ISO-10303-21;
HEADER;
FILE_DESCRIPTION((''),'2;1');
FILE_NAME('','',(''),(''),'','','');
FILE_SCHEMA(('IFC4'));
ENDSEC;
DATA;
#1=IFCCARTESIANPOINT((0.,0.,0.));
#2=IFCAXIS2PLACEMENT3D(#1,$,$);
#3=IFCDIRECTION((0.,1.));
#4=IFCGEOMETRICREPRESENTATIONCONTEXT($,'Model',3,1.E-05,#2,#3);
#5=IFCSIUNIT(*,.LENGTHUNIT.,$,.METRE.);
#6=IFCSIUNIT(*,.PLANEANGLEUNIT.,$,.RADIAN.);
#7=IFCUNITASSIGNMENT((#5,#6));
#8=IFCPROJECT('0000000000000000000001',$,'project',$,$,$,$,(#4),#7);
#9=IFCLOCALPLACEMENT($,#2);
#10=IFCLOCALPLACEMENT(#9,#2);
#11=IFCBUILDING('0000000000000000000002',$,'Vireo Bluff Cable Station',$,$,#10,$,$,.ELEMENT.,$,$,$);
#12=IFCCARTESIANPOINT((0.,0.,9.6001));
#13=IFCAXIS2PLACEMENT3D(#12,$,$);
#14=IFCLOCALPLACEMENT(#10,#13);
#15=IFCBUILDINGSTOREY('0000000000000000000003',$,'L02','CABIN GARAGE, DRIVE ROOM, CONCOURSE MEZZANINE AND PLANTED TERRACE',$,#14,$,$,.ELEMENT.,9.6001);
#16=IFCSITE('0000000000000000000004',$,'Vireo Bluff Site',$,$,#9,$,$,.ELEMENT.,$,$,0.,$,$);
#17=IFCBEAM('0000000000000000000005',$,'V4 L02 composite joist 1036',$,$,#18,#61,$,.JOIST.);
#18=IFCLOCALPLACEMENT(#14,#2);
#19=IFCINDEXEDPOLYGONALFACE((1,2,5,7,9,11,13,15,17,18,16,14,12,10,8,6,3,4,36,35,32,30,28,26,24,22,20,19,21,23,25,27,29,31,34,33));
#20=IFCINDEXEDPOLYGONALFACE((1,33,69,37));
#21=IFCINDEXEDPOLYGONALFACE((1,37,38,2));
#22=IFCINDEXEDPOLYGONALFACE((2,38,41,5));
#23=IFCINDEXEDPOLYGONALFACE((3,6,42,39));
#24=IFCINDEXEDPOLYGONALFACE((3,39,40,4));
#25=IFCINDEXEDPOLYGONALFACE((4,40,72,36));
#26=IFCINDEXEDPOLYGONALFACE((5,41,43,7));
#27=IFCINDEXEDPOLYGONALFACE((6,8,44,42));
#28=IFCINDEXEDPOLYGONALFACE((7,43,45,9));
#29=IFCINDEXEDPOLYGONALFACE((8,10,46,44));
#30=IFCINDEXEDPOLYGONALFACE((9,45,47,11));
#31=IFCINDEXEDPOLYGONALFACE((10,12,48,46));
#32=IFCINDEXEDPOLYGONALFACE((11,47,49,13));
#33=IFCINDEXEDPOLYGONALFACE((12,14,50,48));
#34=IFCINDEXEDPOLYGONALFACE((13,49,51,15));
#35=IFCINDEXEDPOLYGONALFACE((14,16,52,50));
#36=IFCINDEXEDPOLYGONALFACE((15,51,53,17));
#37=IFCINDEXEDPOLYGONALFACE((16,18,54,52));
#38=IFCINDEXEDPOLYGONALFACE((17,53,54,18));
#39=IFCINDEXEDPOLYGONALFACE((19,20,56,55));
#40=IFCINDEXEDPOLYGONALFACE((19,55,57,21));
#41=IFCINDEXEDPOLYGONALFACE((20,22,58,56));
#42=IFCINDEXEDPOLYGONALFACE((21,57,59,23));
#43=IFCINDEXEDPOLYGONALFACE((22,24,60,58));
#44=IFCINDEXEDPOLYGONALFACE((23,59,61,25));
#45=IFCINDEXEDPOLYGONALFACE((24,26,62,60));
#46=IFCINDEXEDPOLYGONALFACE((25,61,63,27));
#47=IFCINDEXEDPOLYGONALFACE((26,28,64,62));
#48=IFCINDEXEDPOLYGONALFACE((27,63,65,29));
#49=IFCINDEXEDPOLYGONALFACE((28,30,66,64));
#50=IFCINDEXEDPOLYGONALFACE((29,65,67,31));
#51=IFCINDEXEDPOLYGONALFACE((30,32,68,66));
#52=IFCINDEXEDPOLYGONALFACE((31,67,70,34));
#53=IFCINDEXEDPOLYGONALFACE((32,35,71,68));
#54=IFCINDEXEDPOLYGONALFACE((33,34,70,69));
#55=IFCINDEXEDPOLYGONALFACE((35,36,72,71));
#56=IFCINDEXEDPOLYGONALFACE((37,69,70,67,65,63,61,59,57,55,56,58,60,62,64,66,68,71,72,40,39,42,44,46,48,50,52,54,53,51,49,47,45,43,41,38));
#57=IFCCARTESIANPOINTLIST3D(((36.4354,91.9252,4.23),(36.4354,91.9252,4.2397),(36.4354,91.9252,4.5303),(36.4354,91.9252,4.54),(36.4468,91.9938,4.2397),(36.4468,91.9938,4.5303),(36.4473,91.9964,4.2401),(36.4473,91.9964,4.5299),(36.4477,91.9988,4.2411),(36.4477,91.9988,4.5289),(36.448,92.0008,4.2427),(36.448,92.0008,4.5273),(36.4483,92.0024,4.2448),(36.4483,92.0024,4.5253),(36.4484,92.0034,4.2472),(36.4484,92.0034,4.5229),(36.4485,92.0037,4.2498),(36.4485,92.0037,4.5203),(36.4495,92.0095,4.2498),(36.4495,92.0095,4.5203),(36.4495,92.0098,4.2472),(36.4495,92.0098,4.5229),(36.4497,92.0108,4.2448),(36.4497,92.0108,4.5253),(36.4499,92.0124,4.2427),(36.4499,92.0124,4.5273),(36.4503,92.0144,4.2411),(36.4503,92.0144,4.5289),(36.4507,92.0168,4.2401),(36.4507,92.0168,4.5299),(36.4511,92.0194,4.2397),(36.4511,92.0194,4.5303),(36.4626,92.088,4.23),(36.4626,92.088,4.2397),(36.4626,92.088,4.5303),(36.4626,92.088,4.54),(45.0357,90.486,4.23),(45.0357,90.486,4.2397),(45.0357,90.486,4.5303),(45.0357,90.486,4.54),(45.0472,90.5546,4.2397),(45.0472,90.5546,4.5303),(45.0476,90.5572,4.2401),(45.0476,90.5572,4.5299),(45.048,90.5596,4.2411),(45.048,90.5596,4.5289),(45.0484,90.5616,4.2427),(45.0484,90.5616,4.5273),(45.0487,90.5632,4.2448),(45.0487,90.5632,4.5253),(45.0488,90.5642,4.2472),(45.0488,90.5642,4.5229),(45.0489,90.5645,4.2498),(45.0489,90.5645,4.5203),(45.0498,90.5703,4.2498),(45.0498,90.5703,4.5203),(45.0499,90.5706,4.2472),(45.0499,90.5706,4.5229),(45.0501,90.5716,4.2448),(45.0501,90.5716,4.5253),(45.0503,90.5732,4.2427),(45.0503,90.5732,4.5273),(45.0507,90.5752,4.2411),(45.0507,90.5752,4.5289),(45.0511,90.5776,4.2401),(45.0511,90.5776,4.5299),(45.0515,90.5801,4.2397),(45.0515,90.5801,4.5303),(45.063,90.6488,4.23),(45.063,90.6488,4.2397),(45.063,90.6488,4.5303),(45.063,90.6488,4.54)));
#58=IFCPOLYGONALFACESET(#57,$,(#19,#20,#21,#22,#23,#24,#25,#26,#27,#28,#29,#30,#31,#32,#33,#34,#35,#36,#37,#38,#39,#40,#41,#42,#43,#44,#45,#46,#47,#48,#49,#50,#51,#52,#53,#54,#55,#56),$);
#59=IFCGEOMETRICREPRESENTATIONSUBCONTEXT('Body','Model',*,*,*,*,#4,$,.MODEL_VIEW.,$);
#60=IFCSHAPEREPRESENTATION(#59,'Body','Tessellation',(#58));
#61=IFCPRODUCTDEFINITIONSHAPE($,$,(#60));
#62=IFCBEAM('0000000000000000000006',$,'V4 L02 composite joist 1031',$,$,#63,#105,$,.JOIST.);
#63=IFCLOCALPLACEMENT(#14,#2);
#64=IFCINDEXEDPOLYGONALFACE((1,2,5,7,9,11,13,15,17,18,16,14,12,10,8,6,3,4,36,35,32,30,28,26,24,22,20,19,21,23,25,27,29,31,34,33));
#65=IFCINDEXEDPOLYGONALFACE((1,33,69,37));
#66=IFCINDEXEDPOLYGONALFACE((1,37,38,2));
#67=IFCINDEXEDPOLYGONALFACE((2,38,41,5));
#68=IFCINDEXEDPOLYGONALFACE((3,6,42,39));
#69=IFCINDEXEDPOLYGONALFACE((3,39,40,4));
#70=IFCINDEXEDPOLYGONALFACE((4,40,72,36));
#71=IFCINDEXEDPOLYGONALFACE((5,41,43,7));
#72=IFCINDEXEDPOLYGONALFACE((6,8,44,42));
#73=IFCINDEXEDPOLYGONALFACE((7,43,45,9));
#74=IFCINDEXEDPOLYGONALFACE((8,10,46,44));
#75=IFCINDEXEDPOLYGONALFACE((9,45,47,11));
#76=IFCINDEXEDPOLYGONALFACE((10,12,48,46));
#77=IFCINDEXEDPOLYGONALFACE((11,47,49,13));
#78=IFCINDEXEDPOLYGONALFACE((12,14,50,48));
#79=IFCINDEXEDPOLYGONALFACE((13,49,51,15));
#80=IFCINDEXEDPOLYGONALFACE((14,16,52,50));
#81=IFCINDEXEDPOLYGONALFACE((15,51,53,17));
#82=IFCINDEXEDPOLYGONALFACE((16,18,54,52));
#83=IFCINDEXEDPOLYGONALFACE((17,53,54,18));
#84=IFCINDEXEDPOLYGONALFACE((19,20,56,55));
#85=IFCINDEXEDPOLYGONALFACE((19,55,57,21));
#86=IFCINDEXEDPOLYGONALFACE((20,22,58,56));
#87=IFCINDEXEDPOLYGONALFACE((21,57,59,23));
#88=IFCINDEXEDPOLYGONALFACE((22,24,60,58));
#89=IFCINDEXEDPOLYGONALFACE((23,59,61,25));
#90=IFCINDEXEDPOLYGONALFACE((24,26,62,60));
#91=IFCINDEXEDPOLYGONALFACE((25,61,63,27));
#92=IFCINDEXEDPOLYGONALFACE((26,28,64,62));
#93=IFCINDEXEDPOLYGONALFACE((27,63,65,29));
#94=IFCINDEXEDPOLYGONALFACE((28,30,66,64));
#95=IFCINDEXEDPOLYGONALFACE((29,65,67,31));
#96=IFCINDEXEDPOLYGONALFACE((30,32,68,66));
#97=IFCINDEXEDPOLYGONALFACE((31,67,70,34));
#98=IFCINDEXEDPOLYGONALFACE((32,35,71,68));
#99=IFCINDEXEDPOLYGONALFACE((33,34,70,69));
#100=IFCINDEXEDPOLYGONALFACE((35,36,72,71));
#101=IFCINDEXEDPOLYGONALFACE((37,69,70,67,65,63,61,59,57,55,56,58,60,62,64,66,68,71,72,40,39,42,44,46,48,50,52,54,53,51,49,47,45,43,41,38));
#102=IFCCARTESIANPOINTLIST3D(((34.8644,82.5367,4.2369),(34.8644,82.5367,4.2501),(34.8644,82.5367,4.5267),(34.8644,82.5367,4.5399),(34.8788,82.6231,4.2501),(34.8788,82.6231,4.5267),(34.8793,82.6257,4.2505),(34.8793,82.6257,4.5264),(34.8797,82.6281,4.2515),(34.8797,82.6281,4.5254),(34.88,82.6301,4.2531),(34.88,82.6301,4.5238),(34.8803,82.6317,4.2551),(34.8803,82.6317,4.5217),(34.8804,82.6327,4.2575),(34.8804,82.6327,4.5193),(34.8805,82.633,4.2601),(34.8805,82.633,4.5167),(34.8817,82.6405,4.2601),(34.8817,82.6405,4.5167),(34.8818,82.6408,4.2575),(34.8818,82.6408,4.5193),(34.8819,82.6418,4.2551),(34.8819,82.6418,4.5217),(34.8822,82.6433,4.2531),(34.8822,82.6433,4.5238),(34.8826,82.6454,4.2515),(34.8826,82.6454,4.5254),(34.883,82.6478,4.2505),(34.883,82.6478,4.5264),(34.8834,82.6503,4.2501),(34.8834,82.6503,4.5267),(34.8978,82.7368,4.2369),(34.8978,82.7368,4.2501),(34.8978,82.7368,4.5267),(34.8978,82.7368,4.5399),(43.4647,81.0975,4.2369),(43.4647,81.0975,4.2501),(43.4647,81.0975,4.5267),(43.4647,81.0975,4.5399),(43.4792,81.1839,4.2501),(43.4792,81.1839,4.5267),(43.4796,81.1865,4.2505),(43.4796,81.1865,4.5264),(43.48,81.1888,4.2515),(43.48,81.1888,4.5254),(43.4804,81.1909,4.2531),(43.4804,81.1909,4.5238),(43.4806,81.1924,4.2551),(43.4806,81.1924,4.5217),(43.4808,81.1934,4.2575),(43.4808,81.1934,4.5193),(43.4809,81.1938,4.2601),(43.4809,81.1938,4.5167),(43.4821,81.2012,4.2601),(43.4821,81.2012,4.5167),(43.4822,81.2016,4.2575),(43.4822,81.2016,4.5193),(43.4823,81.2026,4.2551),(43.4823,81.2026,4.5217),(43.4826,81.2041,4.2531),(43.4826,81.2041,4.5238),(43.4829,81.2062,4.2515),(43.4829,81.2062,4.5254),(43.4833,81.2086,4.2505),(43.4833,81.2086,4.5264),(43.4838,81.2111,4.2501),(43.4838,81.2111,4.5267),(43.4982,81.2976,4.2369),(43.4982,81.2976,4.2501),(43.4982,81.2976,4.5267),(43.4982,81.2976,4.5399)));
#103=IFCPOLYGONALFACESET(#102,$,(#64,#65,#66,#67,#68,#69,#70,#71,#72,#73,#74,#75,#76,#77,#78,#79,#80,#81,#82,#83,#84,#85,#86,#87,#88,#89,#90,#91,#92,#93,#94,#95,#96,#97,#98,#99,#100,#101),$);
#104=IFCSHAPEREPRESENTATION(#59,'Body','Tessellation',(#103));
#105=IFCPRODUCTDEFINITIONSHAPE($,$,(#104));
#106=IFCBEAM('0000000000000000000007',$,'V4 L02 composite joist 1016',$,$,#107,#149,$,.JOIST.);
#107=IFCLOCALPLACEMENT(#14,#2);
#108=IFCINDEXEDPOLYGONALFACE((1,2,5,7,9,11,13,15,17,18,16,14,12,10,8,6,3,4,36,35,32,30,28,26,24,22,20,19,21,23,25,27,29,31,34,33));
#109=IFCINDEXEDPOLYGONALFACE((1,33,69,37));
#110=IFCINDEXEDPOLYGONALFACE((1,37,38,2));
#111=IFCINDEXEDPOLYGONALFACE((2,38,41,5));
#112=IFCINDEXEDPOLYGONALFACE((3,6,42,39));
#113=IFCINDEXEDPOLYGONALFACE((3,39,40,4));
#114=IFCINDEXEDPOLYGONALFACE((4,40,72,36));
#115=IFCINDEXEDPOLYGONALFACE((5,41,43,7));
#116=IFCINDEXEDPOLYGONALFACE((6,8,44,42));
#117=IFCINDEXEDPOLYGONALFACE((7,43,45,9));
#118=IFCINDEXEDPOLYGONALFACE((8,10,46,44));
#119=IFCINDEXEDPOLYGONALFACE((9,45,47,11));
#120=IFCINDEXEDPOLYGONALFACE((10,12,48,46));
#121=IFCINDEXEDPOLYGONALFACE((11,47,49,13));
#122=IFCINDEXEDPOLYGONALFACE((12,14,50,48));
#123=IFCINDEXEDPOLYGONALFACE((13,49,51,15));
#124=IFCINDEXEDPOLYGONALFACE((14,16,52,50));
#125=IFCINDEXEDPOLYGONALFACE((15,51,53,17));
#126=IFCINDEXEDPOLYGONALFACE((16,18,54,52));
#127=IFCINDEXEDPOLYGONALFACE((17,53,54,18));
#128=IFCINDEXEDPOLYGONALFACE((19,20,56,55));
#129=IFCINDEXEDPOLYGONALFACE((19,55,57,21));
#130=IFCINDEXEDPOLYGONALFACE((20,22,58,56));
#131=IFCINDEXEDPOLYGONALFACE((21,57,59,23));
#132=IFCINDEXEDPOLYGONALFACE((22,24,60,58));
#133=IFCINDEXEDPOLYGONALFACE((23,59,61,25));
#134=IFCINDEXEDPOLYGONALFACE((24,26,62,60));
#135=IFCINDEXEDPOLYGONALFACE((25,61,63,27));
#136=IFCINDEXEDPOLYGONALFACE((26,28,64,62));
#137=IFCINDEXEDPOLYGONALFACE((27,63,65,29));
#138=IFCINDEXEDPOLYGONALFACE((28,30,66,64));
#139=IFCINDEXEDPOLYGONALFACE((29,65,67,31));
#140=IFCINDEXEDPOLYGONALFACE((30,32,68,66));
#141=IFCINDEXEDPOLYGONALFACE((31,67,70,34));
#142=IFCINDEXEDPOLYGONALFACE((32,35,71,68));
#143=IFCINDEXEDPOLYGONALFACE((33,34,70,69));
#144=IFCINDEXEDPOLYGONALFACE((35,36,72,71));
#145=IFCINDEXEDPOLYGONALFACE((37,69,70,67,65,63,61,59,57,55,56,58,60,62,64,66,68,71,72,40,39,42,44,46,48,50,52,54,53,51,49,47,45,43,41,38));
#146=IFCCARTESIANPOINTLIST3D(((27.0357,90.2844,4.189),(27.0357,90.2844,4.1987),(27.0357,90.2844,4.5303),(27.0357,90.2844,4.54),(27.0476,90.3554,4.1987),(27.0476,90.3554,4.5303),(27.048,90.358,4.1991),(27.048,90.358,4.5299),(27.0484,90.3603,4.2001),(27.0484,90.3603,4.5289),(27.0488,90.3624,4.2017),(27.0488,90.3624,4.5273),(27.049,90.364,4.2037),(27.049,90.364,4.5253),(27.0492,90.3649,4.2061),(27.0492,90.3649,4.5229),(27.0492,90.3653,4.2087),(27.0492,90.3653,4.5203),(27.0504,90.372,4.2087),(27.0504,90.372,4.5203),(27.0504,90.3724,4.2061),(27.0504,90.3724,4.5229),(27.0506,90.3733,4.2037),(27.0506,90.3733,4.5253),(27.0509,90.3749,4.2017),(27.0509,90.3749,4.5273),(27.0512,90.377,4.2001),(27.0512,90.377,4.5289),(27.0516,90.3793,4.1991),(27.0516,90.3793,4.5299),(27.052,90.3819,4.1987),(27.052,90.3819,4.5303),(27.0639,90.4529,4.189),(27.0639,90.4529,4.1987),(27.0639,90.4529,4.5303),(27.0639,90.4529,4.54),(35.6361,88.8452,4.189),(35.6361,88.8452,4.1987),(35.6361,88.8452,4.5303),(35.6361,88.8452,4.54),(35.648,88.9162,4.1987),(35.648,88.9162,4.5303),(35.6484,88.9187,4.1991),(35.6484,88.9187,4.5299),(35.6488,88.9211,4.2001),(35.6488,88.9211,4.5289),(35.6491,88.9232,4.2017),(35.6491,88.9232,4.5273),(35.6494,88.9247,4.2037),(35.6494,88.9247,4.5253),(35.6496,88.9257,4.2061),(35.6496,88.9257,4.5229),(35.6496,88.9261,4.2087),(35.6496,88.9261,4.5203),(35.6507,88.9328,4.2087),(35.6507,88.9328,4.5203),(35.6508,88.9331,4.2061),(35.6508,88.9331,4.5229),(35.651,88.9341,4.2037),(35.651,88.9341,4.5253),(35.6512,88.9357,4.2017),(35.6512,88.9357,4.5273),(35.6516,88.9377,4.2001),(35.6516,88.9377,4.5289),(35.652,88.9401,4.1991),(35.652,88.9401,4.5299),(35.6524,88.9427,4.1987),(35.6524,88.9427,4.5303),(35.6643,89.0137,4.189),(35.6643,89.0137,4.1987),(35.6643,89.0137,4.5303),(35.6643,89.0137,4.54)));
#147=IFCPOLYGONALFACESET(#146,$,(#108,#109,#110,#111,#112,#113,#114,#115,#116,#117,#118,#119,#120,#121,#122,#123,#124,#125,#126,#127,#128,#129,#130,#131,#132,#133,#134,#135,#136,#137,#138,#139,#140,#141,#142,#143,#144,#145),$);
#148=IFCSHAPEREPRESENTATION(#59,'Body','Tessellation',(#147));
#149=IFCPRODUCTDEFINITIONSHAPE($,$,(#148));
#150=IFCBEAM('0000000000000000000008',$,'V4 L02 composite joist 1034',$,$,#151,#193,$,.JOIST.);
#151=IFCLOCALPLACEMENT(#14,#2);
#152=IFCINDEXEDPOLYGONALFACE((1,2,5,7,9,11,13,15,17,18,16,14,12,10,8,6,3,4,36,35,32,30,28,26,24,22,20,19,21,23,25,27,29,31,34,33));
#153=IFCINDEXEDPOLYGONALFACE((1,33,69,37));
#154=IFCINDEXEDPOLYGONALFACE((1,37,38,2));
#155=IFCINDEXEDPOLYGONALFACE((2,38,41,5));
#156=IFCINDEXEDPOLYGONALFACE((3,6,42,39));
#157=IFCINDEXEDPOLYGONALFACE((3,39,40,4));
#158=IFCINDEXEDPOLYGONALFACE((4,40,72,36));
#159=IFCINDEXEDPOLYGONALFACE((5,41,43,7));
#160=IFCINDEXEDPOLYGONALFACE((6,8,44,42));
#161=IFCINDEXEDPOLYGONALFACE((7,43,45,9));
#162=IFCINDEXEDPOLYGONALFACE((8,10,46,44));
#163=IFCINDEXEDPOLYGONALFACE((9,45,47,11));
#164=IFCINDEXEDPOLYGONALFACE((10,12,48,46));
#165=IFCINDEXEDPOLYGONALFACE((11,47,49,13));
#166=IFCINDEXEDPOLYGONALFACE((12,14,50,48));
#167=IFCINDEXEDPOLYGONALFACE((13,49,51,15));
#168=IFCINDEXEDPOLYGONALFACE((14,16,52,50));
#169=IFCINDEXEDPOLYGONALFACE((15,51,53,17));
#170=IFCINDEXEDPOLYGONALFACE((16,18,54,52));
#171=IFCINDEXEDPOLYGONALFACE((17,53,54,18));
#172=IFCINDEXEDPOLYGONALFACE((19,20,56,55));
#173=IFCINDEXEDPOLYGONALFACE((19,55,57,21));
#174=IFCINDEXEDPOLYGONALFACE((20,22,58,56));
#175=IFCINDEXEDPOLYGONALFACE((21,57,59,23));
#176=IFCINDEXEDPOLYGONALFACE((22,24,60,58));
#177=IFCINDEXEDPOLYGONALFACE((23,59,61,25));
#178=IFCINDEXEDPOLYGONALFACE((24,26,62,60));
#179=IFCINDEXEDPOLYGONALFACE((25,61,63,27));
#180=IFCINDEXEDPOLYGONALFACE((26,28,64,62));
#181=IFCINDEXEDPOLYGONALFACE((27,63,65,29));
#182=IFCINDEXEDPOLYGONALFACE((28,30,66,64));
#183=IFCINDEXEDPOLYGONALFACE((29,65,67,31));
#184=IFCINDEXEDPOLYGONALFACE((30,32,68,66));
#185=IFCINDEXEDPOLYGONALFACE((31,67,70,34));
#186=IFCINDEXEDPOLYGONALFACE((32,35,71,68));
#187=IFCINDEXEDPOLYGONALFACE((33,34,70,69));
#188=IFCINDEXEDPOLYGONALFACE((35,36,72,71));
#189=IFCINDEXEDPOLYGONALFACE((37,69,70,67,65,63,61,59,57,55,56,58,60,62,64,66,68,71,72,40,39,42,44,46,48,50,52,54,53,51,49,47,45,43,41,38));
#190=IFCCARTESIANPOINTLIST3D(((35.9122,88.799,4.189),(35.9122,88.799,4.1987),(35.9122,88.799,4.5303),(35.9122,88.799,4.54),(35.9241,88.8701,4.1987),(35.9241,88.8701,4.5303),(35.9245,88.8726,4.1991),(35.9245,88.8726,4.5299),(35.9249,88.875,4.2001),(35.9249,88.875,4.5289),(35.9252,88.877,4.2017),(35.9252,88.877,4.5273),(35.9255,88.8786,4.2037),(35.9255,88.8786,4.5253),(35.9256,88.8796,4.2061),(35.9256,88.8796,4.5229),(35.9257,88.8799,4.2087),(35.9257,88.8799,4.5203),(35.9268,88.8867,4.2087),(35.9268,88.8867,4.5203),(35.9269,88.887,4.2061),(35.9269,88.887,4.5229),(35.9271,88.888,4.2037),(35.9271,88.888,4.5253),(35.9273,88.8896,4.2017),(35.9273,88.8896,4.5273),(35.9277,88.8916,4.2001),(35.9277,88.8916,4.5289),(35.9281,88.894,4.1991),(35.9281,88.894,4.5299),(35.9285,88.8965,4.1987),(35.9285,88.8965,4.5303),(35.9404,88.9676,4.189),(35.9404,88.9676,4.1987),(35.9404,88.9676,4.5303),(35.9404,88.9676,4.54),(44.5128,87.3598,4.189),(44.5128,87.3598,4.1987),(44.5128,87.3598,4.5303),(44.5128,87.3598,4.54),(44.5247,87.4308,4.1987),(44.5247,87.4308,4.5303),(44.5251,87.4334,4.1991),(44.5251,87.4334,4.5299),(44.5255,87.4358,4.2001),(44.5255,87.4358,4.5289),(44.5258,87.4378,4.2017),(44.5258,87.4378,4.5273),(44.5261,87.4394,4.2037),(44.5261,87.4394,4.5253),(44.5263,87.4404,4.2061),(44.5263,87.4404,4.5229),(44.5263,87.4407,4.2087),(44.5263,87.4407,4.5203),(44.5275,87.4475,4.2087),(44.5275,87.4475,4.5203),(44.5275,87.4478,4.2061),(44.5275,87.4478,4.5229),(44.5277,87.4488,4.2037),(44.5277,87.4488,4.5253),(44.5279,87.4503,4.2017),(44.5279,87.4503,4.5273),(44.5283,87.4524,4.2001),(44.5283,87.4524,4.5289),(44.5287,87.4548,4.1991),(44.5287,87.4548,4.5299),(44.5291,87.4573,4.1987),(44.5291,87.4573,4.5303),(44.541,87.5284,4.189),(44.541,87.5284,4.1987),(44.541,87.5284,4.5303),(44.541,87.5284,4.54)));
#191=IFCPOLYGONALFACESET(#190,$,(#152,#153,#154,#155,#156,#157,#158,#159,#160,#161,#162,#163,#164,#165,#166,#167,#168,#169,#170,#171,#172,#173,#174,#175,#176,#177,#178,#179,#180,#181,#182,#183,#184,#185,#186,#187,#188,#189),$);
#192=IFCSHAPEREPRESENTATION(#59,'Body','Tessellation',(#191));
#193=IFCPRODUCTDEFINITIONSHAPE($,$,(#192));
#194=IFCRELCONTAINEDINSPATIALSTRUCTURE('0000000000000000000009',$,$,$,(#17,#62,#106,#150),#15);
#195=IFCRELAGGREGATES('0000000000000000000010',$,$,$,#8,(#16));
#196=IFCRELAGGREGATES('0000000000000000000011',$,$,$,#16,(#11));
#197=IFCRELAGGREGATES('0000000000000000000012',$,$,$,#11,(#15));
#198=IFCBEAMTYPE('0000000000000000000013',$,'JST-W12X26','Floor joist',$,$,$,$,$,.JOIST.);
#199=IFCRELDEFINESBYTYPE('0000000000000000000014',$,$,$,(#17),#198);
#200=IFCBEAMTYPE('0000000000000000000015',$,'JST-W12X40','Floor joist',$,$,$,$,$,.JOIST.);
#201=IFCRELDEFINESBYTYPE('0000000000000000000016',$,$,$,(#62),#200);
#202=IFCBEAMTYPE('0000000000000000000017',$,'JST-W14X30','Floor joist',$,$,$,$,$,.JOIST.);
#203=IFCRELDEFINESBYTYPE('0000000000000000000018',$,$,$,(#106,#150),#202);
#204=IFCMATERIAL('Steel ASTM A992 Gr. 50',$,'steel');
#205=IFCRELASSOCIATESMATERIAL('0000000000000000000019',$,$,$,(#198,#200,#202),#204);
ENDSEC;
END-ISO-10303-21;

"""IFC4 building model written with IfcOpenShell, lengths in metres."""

from ifc_helpers import new_model, si_unit, direction, frame, origin, origin_2d, place, context, subcontext, project, spatial, i_section, extrude, material, material_profile, profile_set, type_object, element, save


model = new_model("IFC4")

# Units and contexts
model_context = context("Model", 3, precision=1e-05, world=origin(), true_north=direction((0.0, 1.0)))
body_context = subcontext(model_context, "Body", "Model", "MODEL_VIEW")
ifc_project = project(units=[si_unit("LENGTHUNIT", "METRE"), si_unit("PLANEANGLEUNIT", "RADIAN")], contexts=[model_context])

# Site, building, storey
site_placement = place(None, origin())
site = spatial("IfcSite", under=ifc_project, at=site_placement, Name="Vireo Bluff Site", CompositionType="ELEMENT", RefElevation=0.0)
building_placement = place(site_placement, origin())
building = spatial("IfcBuilding", under=site, at=building_placement, Name="Vireo Bluff Cable Station", CompositionType="ELEMENT")
storey_placement = place(building_placement, frame((0.0, 0.0, 9.6001)))
storey = spatial("IfcBuildingStorey", under=building, at=storey_placement, Name="L02", Description="CABIN GARAGE, DRIVE ROOM, CONCOURSE MEZZANINE AND PLANTED TERRACE", CompositionType="ELEMENT", Elevation=9.6001)

# Shared definitions
ifc_material_1 = material(Name="Steel ASTM A992 Gr. 50", Category="steel")

# Beams
ifc_material_profile_1 = material_profile(ifc_material_1, i_section(OverallWidth=0.165, OverallDepth=0.3101, WebThickness=0.0059, FlangeThickness=0.0098, FilletRadius=0.01, at=origin_2d()), Name="W12X26")
ifc_profile_set_1 = profile_set([ifc_material_profile_1], Name="Steel ASTM A992 Gr. 50")
beam_type_1 = type_object("IfcBeamType", Name="JST-W12X26", Description="Floor joist", PredefinedType="JOIST", material=ifc_profile_set_1)
for number, where, z_axis, x_axis, name in (
    (1, (36.449, 92.0066, 4.385), (0.986286, -0.165048, 0.0), (0.165048, 0.986286, 0.0), "V4 L02 composite joist 1036"),
):
    element("IfcBeam", number, at=place(storey_placement, frame(where, z_axis=z_axis, x_axis=x_axis)), inside=storey, type_object=beam_type_1, Name=name, PredefinedType="JOIST", context=body_context, shape_type="SweptSolid", body=[
        extrude(i_section(OverallWidth=0.165, OverallDepth=0.3101, WebThickness=0.0059, FlangeThickness=0.0098, FilletRadius=0.01, at=origin_2d()), origin(), (0.0, 0.0, 1.0), 8.72),
    ])
ifc_material_profile_2 = material_profile(ifc_material_1, i_section(OverallWidth=0.2029, OverallDepth=0.303, WebThickness=0.0076, FlangeThickness=0.0132, FilletRadius=0.01, at=origin_2d()), Name="W12X40")
ifc_profile_set_2 = profile_set([ifc_material_profile_2], Name="Steel ASTM A992 Gr. 50")
beam_type_2 = type_object("IfcBeamType", Name="JST-W12X40", Description="Floor joist", PredefinedType="JOIST", material=ifc_profile_set_2)
beam_1_placement = place(storey_placement, frame((34.8811, 82.6367, 4.3884), z_axis=(0.986286, -0.165048, 0.0), x_axis=(0.165048, 0.986286, 0.0)))
element("IfcBeam", 2, at=beam_1_placement, inside=storey, type_object=beam_type_2, Name="V4 L02 composite joist 1031", PredefinedType="JOIST", context=body_context, shape_type="SweptSolid", body=[
    extrude(i_section(OverallWidth=0.2029, OverallDepth=0.303, WebThickness=0.0076, FlangeThickness=0.0132, FilletRadius=0.01, at=origin_2d()), origin(), (0.0, 0.0, 1.0), 8.72),
])
ifc_material_profile_3 = material_profile(ifc_material_1, i_section(OverallWidth=0.1709, OverallDepth=0.3511, WebThickness=0.0068, FlangeThickness=0.0098, FilletRadius=0.01, at=origin_2d()), Name="W14X30")
ifc_profile_set_3 = profile_set([ifc_material_profile_3], Name="Steel ASTM A992 Gr. 50")
beam_type_3 = type_object("IfcBeamType", Name="JST-W14X30", Description="Floor joist", PredefinedType="JOIST", material=ifc_profile_set_3)
beam_2_placement = place(storey_placement, frame((27.0498, 90.3687, 4.3645), z_axis=(0.986286, -0.165048, 0.0), x_axis=(0.165048, 0.986286, 0.0)))
element("IfcBeam", 3, at=beam_2_placement, inside=storey, type_object=beam_type_3, Name="V4 L02 composite joist 1016", PredefinedType="JOIST", context=body_context, shape_type="SweptSolid", body=[
    extrude(i_section(OverallWidth=0.1709, OverallDepth=0.3511, WebThickness=0.0068, FlangeThickness=0.0098, FilletRadius=0.01, at=origin_2d()), origin(), (0.0, 0.0, 1.0), 8.72),
])
for number, where, z_axis, x_axis, name in (
    (4, (35.9263, 88.8833, 4.3645), (0.986286, -0.165044, 0.0), (0.165044, 0.986286, 0.0), "V4 L02 composite joist 1034"),
):
    element("IfcBeam", number, at=place(storey_placement, frame(where, z_axis=z_axis, x_axis=x_axis)), inside=storey, type_object=beam_type_3, Name=name, PredefinedType="JOIST", context=body_context, shape_type="SweptSolid", body=[
        extrude(i_section(OverallWidth=0.1709, OverallDepth=0.3511, WebThickness=0.0068, FlangeThickness=0.0098, FilletRadius=0.01, at=origin_2d()), origin(), (0.0, 0.0, 1.0), 8.7202),
    ])

save(model, "model.ifc")
